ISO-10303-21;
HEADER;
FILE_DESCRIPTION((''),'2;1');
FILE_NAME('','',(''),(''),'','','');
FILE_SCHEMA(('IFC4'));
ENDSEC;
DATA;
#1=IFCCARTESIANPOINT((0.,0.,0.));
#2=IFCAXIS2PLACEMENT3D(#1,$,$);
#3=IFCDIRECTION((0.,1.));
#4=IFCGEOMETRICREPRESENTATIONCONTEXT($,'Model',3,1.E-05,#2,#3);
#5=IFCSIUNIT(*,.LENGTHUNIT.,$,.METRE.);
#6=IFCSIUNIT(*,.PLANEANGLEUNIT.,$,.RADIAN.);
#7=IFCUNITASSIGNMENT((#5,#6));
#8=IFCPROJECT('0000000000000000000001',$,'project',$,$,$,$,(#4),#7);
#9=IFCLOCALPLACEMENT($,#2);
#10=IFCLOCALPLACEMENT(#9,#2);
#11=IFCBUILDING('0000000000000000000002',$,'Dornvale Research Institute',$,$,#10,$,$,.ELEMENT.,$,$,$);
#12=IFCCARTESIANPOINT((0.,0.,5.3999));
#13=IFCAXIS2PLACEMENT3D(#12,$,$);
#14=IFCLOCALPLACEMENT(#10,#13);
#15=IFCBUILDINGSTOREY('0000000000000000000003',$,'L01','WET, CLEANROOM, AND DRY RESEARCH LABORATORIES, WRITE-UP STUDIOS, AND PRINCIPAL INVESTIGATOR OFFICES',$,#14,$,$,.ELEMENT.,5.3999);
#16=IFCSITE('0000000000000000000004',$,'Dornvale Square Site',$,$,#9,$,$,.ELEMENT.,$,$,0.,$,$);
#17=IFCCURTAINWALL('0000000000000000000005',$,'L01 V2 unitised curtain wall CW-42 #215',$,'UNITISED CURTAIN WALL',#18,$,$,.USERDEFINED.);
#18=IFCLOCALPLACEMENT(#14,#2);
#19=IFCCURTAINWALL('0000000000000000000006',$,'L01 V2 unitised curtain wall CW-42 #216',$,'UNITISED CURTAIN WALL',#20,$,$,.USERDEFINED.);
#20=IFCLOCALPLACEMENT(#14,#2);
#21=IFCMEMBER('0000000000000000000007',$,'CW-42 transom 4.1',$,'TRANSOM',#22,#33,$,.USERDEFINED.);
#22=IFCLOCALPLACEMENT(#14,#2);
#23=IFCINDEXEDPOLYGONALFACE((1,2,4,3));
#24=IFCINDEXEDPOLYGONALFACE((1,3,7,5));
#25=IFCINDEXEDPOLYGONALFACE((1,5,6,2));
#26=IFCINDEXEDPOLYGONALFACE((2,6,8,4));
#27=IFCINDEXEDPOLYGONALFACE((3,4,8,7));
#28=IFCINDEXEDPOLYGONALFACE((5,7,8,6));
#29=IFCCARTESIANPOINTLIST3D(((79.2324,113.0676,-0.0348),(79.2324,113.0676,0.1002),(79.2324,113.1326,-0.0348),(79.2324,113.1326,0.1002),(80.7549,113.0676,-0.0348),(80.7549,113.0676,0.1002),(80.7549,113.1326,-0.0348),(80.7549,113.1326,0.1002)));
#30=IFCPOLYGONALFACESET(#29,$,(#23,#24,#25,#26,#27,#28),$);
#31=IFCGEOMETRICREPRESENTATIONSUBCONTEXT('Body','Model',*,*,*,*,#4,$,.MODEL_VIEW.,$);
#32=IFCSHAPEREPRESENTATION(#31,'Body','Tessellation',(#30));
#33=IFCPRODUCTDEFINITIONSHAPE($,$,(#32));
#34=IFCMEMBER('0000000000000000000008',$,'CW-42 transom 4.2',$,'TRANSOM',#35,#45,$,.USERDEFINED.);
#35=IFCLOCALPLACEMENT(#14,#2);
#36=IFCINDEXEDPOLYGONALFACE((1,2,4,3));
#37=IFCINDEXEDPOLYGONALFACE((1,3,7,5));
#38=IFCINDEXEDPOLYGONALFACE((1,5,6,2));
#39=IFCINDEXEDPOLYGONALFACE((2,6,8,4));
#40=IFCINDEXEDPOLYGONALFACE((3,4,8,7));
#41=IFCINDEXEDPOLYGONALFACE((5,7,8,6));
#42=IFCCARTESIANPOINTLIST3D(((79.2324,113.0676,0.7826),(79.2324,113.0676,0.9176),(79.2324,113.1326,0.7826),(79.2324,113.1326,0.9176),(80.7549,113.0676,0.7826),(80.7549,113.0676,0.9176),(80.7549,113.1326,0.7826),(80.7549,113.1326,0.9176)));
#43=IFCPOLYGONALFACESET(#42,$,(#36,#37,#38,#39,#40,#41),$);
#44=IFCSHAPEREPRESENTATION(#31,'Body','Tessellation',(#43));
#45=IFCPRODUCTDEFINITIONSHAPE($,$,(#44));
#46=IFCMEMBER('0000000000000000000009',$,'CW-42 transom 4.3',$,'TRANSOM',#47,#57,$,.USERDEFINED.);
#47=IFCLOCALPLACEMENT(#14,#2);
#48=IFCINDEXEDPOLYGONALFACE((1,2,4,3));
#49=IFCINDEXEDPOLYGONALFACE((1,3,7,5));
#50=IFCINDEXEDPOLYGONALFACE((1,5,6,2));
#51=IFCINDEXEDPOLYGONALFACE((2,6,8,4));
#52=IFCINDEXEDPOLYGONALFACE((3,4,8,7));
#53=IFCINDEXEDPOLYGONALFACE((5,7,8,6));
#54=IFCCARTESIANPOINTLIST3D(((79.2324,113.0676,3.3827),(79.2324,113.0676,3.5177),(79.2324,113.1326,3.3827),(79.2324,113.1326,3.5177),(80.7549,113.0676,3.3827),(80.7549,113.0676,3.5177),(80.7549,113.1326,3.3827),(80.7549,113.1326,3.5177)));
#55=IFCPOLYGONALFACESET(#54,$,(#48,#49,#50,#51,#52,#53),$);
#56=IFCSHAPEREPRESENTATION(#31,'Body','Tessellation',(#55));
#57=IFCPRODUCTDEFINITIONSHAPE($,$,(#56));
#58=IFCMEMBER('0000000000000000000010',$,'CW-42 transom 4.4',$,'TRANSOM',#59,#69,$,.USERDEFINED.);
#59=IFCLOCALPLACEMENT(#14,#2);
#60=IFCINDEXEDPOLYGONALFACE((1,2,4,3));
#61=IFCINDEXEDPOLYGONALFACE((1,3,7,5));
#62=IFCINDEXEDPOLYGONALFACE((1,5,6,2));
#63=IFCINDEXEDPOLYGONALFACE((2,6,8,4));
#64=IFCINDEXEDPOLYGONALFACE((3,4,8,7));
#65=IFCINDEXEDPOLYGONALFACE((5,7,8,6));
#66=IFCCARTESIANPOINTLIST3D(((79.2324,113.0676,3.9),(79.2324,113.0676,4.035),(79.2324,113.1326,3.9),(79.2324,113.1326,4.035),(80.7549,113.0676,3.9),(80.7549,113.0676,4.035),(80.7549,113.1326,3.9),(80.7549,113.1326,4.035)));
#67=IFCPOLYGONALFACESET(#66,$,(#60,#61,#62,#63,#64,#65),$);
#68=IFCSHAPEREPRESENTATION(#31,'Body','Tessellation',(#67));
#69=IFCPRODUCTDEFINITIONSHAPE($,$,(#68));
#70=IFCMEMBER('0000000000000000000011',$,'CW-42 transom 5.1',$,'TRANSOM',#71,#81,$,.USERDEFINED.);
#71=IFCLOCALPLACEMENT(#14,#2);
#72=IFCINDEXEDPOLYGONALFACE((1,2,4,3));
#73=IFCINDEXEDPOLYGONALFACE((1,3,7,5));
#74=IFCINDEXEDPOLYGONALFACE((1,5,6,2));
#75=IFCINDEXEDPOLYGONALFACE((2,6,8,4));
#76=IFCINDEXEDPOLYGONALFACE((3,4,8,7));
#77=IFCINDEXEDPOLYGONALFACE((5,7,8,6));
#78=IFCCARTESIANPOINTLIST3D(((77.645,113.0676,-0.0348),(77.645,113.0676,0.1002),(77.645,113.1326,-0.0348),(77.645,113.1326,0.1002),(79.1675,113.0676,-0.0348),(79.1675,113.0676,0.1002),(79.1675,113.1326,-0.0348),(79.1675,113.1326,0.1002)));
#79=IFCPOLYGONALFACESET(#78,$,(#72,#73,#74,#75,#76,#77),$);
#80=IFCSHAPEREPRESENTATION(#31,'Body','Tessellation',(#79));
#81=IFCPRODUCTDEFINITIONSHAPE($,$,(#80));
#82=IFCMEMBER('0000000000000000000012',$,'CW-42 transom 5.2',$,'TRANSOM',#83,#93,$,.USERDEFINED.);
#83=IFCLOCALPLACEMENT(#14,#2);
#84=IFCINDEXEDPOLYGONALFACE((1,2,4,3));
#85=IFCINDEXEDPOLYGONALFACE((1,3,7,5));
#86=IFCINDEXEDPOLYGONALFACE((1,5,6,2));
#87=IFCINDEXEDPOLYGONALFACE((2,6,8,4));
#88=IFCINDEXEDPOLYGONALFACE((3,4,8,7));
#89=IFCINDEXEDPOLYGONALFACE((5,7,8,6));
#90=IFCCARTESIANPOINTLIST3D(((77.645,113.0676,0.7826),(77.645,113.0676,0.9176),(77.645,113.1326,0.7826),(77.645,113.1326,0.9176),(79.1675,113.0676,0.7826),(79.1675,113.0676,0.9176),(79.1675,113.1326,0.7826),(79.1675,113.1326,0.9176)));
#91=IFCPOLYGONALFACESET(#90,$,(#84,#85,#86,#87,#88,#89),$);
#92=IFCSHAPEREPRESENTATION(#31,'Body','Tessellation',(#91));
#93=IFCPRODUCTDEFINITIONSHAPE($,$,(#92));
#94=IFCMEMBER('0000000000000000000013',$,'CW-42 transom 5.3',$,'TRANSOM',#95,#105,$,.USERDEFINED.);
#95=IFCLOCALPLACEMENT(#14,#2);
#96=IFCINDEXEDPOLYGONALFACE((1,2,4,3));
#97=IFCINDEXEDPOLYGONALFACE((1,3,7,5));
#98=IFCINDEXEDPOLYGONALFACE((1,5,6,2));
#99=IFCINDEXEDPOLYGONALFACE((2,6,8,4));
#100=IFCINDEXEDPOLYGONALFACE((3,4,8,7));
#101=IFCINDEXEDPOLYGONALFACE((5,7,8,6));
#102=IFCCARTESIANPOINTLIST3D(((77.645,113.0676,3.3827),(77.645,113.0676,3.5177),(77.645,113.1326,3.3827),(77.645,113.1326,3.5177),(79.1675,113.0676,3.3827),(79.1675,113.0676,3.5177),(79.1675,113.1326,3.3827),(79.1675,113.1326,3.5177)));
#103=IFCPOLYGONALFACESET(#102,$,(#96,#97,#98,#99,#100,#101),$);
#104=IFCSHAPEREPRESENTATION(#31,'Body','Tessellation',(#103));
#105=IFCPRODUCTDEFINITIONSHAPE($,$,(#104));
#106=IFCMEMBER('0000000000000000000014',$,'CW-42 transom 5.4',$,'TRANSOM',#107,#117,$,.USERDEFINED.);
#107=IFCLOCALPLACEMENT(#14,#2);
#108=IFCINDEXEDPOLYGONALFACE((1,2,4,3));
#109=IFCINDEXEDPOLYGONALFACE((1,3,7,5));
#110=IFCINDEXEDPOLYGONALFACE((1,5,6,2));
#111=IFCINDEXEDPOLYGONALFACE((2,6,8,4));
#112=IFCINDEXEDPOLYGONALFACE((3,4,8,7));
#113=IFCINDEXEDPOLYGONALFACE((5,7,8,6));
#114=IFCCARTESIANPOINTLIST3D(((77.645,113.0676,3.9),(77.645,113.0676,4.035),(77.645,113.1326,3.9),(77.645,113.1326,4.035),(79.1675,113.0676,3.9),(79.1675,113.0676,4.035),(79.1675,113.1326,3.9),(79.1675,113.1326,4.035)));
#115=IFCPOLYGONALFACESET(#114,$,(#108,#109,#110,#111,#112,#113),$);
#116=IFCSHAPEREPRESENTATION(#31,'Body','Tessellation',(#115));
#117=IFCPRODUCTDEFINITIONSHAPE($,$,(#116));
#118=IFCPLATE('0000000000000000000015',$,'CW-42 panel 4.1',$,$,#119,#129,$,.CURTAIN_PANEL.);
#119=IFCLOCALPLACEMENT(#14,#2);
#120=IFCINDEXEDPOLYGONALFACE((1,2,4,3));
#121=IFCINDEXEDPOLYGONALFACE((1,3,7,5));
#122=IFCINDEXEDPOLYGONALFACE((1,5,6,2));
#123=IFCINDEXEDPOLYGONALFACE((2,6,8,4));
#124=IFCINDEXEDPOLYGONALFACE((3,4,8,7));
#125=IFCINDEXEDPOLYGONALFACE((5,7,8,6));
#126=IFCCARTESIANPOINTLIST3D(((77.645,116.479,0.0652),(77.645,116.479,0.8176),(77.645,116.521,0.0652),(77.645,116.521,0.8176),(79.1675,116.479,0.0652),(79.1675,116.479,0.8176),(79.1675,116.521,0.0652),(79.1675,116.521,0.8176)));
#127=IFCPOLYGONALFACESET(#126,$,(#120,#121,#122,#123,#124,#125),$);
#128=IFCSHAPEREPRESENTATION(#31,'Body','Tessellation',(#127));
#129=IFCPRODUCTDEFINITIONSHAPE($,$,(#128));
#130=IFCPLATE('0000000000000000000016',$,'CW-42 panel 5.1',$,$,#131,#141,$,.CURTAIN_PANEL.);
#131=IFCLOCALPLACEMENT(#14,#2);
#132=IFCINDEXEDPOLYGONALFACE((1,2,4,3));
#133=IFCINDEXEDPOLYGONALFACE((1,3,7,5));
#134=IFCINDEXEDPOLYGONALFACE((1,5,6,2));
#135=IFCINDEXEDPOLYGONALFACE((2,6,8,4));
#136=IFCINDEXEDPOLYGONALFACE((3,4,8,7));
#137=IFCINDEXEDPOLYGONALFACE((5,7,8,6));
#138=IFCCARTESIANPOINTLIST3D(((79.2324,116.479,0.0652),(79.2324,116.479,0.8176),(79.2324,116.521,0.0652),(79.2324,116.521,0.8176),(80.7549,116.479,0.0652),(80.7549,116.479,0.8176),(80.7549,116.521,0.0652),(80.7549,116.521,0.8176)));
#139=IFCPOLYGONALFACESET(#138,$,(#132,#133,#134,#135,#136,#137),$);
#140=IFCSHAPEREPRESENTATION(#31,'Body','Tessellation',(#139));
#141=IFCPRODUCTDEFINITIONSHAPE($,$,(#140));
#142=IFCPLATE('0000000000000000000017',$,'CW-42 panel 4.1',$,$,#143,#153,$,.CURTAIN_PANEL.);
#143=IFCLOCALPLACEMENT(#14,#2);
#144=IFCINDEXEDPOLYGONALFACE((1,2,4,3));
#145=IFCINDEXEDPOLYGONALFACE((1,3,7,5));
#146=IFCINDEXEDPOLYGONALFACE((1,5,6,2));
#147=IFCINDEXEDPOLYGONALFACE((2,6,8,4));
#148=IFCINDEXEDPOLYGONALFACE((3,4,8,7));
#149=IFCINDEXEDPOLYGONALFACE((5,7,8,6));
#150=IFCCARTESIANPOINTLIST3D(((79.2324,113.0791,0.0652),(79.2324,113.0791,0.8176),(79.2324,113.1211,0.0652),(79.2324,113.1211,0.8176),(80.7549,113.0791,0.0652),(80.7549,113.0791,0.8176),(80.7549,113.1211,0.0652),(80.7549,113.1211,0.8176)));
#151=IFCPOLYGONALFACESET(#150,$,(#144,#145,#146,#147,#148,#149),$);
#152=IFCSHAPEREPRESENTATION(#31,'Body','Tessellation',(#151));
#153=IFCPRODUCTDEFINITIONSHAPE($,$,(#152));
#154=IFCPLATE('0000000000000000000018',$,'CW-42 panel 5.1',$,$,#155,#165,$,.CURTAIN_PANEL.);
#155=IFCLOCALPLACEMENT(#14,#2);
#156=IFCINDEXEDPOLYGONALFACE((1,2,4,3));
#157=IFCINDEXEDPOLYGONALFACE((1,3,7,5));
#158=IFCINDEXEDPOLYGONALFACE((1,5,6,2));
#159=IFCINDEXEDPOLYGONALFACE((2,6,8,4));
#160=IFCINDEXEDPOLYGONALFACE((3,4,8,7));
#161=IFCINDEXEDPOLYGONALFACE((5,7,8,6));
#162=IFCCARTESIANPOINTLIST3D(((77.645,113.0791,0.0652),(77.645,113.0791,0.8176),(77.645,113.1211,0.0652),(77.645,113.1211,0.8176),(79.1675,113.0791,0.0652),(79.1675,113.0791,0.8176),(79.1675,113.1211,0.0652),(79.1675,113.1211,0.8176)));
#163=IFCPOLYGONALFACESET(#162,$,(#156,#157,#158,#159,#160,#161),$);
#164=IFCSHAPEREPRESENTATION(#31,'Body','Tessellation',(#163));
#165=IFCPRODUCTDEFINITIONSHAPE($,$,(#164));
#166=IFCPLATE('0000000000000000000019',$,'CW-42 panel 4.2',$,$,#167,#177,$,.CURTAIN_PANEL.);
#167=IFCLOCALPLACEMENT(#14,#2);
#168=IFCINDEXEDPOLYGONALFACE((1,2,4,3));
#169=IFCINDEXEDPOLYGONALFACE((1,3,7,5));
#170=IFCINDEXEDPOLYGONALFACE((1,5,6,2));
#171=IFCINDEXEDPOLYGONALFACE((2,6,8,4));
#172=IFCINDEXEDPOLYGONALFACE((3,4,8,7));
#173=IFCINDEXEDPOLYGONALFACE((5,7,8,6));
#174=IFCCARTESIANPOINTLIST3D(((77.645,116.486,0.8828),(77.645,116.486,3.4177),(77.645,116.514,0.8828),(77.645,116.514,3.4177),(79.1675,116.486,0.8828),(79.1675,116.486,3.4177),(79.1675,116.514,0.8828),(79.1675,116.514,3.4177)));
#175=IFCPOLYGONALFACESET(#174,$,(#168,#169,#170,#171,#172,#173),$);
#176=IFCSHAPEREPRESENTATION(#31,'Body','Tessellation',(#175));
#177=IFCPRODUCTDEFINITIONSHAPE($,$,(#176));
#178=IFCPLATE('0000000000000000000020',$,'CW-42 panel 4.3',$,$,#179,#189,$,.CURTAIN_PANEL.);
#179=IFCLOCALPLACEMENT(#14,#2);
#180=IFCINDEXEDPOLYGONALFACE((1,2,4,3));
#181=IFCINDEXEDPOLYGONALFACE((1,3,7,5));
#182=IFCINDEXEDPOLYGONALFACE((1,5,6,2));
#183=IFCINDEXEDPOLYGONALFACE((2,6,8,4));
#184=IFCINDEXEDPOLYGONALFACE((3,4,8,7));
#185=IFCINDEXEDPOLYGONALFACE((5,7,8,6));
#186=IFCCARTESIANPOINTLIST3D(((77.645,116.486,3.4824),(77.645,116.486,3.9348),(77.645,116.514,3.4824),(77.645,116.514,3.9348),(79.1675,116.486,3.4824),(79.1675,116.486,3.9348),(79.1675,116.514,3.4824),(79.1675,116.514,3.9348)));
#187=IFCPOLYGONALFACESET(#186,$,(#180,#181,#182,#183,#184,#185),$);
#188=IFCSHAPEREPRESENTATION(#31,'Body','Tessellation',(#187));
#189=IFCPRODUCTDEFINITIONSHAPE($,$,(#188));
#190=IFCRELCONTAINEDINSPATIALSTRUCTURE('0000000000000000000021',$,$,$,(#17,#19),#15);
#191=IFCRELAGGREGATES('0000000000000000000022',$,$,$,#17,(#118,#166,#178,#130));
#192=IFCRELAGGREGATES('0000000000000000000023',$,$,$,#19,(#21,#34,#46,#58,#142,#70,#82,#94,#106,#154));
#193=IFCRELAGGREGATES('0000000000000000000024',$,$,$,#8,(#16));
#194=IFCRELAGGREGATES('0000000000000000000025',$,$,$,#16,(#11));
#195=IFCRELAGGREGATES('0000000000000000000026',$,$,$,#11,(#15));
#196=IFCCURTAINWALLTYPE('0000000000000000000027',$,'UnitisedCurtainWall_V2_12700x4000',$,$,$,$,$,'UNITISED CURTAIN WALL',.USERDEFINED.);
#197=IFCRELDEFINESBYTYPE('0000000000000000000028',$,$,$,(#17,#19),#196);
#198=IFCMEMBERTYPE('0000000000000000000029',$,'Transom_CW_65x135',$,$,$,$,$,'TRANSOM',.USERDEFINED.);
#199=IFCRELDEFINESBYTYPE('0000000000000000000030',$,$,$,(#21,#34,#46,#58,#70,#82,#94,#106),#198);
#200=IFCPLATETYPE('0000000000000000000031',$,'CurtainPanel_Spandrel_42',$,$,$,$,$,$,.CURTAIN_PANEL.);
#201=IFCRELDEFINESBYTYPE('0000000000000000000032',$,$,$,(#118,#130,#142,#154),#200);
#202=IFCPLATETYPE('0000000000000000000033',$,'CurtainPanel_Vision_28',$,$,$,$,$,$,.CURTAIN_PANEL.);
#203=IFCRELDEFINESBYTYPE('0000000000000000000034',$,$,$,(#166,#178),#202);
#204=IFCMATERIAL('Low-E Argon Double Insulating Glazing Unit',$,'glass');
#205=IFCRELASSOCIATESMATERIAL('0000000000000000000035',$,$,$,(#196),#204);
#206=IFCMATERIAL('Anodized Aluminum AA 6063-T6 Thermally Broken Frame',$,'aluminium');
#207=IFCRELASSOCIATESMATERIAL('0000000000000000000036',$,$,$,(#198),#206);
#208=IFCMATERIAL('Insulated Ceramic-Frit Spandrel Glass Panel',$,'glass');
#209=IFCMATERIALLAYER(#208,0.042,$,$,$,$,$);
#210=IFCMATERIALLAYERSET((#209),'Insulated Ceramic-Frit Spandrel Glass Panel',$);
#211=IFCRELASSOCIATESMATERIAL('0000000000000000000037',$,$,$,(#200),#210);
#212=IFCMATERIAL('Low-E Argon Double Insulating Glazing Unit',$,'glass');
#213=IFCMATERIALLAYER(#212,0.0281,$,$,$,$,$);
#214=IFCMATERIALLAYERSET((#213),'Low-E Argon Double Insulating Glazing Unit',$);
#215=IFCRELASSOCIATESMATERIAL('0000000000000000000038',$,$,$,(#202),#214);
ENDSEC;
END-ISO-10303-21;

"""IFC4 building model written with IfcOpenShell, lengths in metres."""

from ifc_helpers import new_model, si_unit, direction, frame, origin, origin_2d, place, context, subcontext, project, spatial, rectangle, extrude, material, layer, layer_set, material_profile, profile_set, type_object, element, aggregate, save


model = new_model("IFC4")

# Units and contexts
model_context = context("Model", 3, precision=1e-05, world=origin(), true_north=direction((0.0, 1.0)))
body_context = subcontext(model_context, "Body", "Model", "MODEL_VIEW")
ifc_project = project(units=[si_unit("LENGTHUNIT", "METRE"), si_unit("PLANEANGLEUNIT", "RADIAN")], contexts=[model_context])

# Site, building, storey
site_placement = place(None, origin())
site = spatial("IfcSite", under=ifc_project, at=site_placement, Name="Dornvale Square Site", CompositionType="ELEMENT", RefElevation=0.0)
building_placement = place(site_placement, origin())
building = spatial("IfcBuilding", under=site, at=building_placement, Name="Dornvale Research Institute", CompositionType="ELEMENT")
storey_placement = place(building_placement, frame((0.0, 0.0, 5.3999)))
storey = spatial("IfcBuildingStorey", under=building, at=storey_placement, Name="L01", Description="WET, CLEANROOM, AND DRY RESEARCH LABORATORIES, WRITE-UP STUDIOS, AND PRINCIPAL INVESTIGATOR OFFICES", CompositionType="ELEMENT", Elevation=5.3999)

# Curtain walls
ifc_material_1 = material(Name="Low-E Argon Double Insulating Glazing Unit", Category="glass")
curtain_wall_type = type_object("IfcCurtainWallType", Name="UnitisedCurtainWall_V2_12700x4000", ElementType="UNITISED CURTAIN WALL", PredefinedType="USERDEFINED", material=ifc_material_1)
curtain_wall_1_placement = place(storey_placement, origin())
curtain_wall_1 = element("IfcCurtainWall", 1, at=curtain_wall_1_placement, inside=storey, type_object=curtain_wall_type, Name="L01 V2 unitised curtain wall CW-42 #215", ObjectType="UNITISED CURTAIN WALL", PredefinedType="USERDEFINED")
curtain_wall_2_placement = place(storey_placement, origin())
curtain_wall_2 = element("IfcCurtainWall", 2, at=curtain_wall_2_placement, inside=storey, type_object=curtain_wall_type, Name="L01 V2 unitised curtain wall CW-42 #216", ObjectType="UNITISED CURTAIN WALL", PredefinedType="USERDEFINED")

# Members
ifc_material_2 = material(Name="Anodized Aluminum AA 6063-T6 Thermally Broken Frame", Category="aluminium")
ifc_material_profile_1 = material_profile(ifc_material_2, rectangle(XDim=0.0649, YDim=0.135, at=origin_2d()), Name="ALU TRANSOM 65x135")
ifc_profile_set_1 = profile_set([ifc_material_profile_1], Name="Anodized Aluminum AA 6063-T6 Thermally Broken Frame")
member_type_1 = type_object("IfcMemberType", Name="Transom_CW_65x135", ElementType="TRANSOM", PredefinedType="USERDEFINED", material=ifc_profile_set_1)
member_1_placement = place(storey_placement, frame((80.7549, 113.1001, 0.0327), z_axis=(-1.0, 0.0, 0.0), x_axis=(0.0, -1.0, 0.0)))
member_1 = element("IfcMember", 3, at=member_1_placement, type_object=member_type_1, Name="CW-42 transom 4.1", ObjectType="TRANSOM", PredefinedType="USERDEFINED", context=body_context, shape_type="SweptSolid", body=[
    extrude(rectangle(XDim=0.0649, YDim=0.135, at=origin_2d()), origin(), (0.0, 0.0, 1.0), 1.5225),
])
member_2_placement = place(storey_placement, frame((80.7549, 113.1001, 0.8501), z_axis=(-1.0, 0.0, 0.0), x_axis=(0.0, -1.0, 0.0)))
member_2 = element("IfcMember", 4, at=member_2_placement, type_object=member_type_1, Name="CW-42 transom 4.2", ObjectType="TRANSOM", PredefinedType="USERDEFINED", context=body_context, shape_type="SweptSolid", body=[
    extrude(rectangle(XDim=0.0649, YDim=0.135, at=origin_2d()), origin(), (0.0, 0.0, 1.0), 1.5225),
])
member_3_placement = place(storey_placement, frame((80.7549, 113.1001, 3.4502), z_axis=(-1.0, 0.0, 0.0), x_axis=(0.0, -1.0, 0.0)))
member_3 = element("IfcMember", 5, at=member_3_placement, type_object=member_type_1, Name="CW-42 transom 4.3", ObjectType="TRANSOM", PredefinedType="USERDEFINED", context=body_context, shape_type="SweptSolid", body=[
    extrude(rectangle(XDim=0.0649, YDim=0.135, at=origin_2d()), origin(), (0.0, 0.0, 1.0), 1.5225),
])
member_4_placement = place(storey_placement, frame((80.7549, 113.1001, 3.9675), z_axis=(-1.0, 0.0, 0.0), x_axis=(0.0, -1.0, 0.0)))
member_4 = element("IfcMember", 6, at=member_4_placement, type_object=member_type_1, Name="CW-42 transom 4.4", ObjectType="TRANSOM", PredefinedType="USERDEFINED", context=body_context, shape_type="SweptSolid", body=[
    extrude(rectangle(XDim=0.0649, YDim=0.135, at=origin_2d()), origin(), (0.0, 0.0, 1.0), 1.5225),
])
member_5_placement = place(storey_placement, frame((79.1675, 113.1001, 0.0327), z_axis=(-1.0, 0.0, 0.0), x_axis=(0.0, -1.0, 0.0)))
member_5 = element("IfcMember", 7, at=member_5_placement, type_object=member_type_1, Name="CW-42 transom 5.1", ObjectType="TRANSOM", PredefinedType="USERDEFINED", context=body_context, shape_type="SweptSolid", body=[
    extrude(rectangle(XDim=0.0649, YDim=0.135, at=origin_2d()), origin(), (0.0, 0.0, 1.0), 1.5225),
])
member_6_placement = place(storey_placement, frame((79.1675, 113.1001, 0.8501), z_axis=(-1.0, 0.0, 0.0), x_axis=(0.0, -1.0, 0.0)))
member_6 = element("IfcMember", 8, at=member_6_placement, type_object=member_type_1, Name="CW-42 transom 5.2", ObjectType="TRANSOM", PredefinedType="USERDEFINED", context=body_context, shape_type="SweptSolid", body=[
    extrude(rectangle(XDim=0.0649, YDim=0.135, at=origin_2d()), origin(), (0.0, 0.0, 1.0), 1.5225),
])
member_7_placement = place(storey_placement, frame((79.1675, 113.1001, 3.4502), z_axis=(-1.0, 0.0, 0.0), x_axis=(0.0, -1.0, 0.0)))
member_7 = element("IfcMember", 9, at=member_7_placement, type_object=member_type_1, Name="CW-42 transom 5.3", ObjectType="TRANSOM", PredefinedType="USERDEFINED", context=body_context, shape_type="SweptSolid", body=[
    extrude(rectangle(XDim=0.0649, YDim=0.135, at=origin_2d()), origin(), (0.0, 0.0, 1.0), 1.5225),
])
member_8_placement = place(storey_placement, frame((79.1675, 113.1001, 3.9675), z_axis=(-1.0, 0.0, 0.0), x_axis=(0.0, -1.0, 0.0)))
member_8 = element("IfcMember", 10, at=member_8_placement, type_object=member_type_1, Name="CW-42 transom 5.4", ObjectType="TRANSOM", PredefinedType="USERDEFINED", context=body_context, shape_type="SweptSolid", body=[
    extrude(rectangle(XDim=0.0649, YDim=0.135, at=origin_2d()), origin(), (0.0, 0.0, 1.0), 1.5225),
])

# Plates
ifc_material_3 = material(Name="Insulated Ceramic-Frit Spandrel Glass Panel", Category="glass")
ifc_layer_1 = layer(ifc_material_3, 0.042)
ifc_layer_set_1 = layer_set([ifc_layer_1], Name="Insulated Ceramic-Frit Spandrel Glass Panel")
plate_type_1 = type_object("IfcPlateType", Name="CurtainPanel_Spandrel_42", PredefinedType="CURTAIN_PANEL", material=ifc_layer_set_1)
plate_1_placement = place(storey_placement, frame((78.4062, 116.5, 0.0652), z_axis=(0.0, 0.0, 1.0), x_axis=(1.0, 0.0, 0.0)))
plate_1 = element("IfcPlate", 11, at=plate_1_placement, type_object=plate_type_1, Name="CW-42 panel 4.1", PredefinedType="CURTAIN_PANEL", context=body_context, shape_type="SweptSolid", body=[
    extrude(rectangle(XDim=1.5225, YDim=0.042, at=origin_2d()), origin(), (0.0, 0.0, 1.0), 0.7524),
])
plate_2_placement = place(storey_placement, frame((79.9937, 116.5, 0.0652), z_axis=(0.0, 0.0, 1.0), x_axis=(1.0, 0.0, 0.0)))
plate_2 = element("IfcPlate", 12, at=plate_2_placement, type_object=plate_type_1, Name="CW-42 panel 5.1", PredefinedType="CURTAIN_PANEL", context=body_context, shape_type="SweptSolid", body=[
    extrude(rectangle(XDim=1.5225, YDim=0.042, at=origin_2d()), origin(), (0.0, 0.0, 1.0), 0.7524),
])
plate_3_placement = place(storey_placement, frame((79.9937, 113.1001, 0.0652), z_axis=(0.0, 0.0, 1.0), x_axis=(-1.0, 0.0, 0.0)))
plate_3 = element("IfcPlate", 13, at=plate_3_placement, type_object=plate_type_1, Name="CW-42 panel 4.1", PredefinedType="CURTAIN_PANEL", context=body_context, shape_type="SweptSolid", body=[
    extrude(rectangle(XDim=1.5225, YDim=0.042, at=origin_2d()), origin(), (0.0, 0.0, 1.0), 0.7524),
])
plate_4_placement = place(storey_placement, frame((78.4062, 113.1001, 0.0652), z_axis=(0.0, 0.0, 1.0), x_axis=(-1.0, 0.0, 0.0)))
plate_4 = element("IfcPlate", 14, at=plate_4_placement, type_object=plate_type_1, Name="CW-42 panel 5.1", PredefinedType="CURTAIN_PANEL", context=body_context, shape_type="SweptSolid", body=[
    extrude(rectangle(XDim=1.5225, YDim=0.042, at=origin_2d()), origin(), (0.0, 0.0, 1.0), 0.7524),
])
ifc_material_4 = material(Name="Low-E Argon Double Insulating Glazing Unit", Category="glass")
ifc_layer_2 = layer(ifc_material_4, 0.0281)
ifc_layer_set_2 = layer_set([ifc_layer_2], Name="Low-E Argon Double Insulating Glazing Unit")
plate_type_2 = type_object("IfcPlateType", Name="CurtainPanel_Vision_28", PredefinedType="CURTAIN_PANEL", material=ifc_layer_set_2)
plate_5_placement = place(storey_placement, frame((78.4062, 116.5, 0.8828), z_axis=(0.0, 0.0, 1.0), x_axis=(1.0, 0.0, 0.0)))
plate_5 = element("IfcPlate", 15, at=plate_5_placement, type_object=plate_type_2, Name="CW-42 panel 4.2", PredefinedType="CURTAIN_PANEL", context=body_context, shape_type="SweptSolid", body=[
    extrude(rectangle(XDim=1.5225, YDim=0.0281, at=origin_2d()), origin(), (0.0, 0.0, 1.0), 2.5349),
])
plate_6_placement = place(storey_placement, frame((78.4062, 116.5, 3.4824), z_axis=(0.0, 0.0, 1.0), x_axis=(1.0, 0.0, 0.0)))
plate_6 = element("IfcPlate", 16, at=plate_6_placement, type_object=plate_type_2, Name="CW-42 panel 4.3", PredefinedType="CURTAIN_PANEL", context=body_context, shape_type="SweptSolid", body=[
    extrude(rectangle(XDim=1.5225, YDim=0.0281, at=origin_2d()), origin(), (0.0, 0.0, 1.0), 0.4524),
])
aggregate(curtain_wall_1, [plate_1, plate_5, plate_6, plate_2])
aggregate(curtain_wall_2, [member_1, member_2, member_3, member_4, plate_3, member_5, member_6, member_7, member_8, plate_4])

save(model, "model.ifc")
